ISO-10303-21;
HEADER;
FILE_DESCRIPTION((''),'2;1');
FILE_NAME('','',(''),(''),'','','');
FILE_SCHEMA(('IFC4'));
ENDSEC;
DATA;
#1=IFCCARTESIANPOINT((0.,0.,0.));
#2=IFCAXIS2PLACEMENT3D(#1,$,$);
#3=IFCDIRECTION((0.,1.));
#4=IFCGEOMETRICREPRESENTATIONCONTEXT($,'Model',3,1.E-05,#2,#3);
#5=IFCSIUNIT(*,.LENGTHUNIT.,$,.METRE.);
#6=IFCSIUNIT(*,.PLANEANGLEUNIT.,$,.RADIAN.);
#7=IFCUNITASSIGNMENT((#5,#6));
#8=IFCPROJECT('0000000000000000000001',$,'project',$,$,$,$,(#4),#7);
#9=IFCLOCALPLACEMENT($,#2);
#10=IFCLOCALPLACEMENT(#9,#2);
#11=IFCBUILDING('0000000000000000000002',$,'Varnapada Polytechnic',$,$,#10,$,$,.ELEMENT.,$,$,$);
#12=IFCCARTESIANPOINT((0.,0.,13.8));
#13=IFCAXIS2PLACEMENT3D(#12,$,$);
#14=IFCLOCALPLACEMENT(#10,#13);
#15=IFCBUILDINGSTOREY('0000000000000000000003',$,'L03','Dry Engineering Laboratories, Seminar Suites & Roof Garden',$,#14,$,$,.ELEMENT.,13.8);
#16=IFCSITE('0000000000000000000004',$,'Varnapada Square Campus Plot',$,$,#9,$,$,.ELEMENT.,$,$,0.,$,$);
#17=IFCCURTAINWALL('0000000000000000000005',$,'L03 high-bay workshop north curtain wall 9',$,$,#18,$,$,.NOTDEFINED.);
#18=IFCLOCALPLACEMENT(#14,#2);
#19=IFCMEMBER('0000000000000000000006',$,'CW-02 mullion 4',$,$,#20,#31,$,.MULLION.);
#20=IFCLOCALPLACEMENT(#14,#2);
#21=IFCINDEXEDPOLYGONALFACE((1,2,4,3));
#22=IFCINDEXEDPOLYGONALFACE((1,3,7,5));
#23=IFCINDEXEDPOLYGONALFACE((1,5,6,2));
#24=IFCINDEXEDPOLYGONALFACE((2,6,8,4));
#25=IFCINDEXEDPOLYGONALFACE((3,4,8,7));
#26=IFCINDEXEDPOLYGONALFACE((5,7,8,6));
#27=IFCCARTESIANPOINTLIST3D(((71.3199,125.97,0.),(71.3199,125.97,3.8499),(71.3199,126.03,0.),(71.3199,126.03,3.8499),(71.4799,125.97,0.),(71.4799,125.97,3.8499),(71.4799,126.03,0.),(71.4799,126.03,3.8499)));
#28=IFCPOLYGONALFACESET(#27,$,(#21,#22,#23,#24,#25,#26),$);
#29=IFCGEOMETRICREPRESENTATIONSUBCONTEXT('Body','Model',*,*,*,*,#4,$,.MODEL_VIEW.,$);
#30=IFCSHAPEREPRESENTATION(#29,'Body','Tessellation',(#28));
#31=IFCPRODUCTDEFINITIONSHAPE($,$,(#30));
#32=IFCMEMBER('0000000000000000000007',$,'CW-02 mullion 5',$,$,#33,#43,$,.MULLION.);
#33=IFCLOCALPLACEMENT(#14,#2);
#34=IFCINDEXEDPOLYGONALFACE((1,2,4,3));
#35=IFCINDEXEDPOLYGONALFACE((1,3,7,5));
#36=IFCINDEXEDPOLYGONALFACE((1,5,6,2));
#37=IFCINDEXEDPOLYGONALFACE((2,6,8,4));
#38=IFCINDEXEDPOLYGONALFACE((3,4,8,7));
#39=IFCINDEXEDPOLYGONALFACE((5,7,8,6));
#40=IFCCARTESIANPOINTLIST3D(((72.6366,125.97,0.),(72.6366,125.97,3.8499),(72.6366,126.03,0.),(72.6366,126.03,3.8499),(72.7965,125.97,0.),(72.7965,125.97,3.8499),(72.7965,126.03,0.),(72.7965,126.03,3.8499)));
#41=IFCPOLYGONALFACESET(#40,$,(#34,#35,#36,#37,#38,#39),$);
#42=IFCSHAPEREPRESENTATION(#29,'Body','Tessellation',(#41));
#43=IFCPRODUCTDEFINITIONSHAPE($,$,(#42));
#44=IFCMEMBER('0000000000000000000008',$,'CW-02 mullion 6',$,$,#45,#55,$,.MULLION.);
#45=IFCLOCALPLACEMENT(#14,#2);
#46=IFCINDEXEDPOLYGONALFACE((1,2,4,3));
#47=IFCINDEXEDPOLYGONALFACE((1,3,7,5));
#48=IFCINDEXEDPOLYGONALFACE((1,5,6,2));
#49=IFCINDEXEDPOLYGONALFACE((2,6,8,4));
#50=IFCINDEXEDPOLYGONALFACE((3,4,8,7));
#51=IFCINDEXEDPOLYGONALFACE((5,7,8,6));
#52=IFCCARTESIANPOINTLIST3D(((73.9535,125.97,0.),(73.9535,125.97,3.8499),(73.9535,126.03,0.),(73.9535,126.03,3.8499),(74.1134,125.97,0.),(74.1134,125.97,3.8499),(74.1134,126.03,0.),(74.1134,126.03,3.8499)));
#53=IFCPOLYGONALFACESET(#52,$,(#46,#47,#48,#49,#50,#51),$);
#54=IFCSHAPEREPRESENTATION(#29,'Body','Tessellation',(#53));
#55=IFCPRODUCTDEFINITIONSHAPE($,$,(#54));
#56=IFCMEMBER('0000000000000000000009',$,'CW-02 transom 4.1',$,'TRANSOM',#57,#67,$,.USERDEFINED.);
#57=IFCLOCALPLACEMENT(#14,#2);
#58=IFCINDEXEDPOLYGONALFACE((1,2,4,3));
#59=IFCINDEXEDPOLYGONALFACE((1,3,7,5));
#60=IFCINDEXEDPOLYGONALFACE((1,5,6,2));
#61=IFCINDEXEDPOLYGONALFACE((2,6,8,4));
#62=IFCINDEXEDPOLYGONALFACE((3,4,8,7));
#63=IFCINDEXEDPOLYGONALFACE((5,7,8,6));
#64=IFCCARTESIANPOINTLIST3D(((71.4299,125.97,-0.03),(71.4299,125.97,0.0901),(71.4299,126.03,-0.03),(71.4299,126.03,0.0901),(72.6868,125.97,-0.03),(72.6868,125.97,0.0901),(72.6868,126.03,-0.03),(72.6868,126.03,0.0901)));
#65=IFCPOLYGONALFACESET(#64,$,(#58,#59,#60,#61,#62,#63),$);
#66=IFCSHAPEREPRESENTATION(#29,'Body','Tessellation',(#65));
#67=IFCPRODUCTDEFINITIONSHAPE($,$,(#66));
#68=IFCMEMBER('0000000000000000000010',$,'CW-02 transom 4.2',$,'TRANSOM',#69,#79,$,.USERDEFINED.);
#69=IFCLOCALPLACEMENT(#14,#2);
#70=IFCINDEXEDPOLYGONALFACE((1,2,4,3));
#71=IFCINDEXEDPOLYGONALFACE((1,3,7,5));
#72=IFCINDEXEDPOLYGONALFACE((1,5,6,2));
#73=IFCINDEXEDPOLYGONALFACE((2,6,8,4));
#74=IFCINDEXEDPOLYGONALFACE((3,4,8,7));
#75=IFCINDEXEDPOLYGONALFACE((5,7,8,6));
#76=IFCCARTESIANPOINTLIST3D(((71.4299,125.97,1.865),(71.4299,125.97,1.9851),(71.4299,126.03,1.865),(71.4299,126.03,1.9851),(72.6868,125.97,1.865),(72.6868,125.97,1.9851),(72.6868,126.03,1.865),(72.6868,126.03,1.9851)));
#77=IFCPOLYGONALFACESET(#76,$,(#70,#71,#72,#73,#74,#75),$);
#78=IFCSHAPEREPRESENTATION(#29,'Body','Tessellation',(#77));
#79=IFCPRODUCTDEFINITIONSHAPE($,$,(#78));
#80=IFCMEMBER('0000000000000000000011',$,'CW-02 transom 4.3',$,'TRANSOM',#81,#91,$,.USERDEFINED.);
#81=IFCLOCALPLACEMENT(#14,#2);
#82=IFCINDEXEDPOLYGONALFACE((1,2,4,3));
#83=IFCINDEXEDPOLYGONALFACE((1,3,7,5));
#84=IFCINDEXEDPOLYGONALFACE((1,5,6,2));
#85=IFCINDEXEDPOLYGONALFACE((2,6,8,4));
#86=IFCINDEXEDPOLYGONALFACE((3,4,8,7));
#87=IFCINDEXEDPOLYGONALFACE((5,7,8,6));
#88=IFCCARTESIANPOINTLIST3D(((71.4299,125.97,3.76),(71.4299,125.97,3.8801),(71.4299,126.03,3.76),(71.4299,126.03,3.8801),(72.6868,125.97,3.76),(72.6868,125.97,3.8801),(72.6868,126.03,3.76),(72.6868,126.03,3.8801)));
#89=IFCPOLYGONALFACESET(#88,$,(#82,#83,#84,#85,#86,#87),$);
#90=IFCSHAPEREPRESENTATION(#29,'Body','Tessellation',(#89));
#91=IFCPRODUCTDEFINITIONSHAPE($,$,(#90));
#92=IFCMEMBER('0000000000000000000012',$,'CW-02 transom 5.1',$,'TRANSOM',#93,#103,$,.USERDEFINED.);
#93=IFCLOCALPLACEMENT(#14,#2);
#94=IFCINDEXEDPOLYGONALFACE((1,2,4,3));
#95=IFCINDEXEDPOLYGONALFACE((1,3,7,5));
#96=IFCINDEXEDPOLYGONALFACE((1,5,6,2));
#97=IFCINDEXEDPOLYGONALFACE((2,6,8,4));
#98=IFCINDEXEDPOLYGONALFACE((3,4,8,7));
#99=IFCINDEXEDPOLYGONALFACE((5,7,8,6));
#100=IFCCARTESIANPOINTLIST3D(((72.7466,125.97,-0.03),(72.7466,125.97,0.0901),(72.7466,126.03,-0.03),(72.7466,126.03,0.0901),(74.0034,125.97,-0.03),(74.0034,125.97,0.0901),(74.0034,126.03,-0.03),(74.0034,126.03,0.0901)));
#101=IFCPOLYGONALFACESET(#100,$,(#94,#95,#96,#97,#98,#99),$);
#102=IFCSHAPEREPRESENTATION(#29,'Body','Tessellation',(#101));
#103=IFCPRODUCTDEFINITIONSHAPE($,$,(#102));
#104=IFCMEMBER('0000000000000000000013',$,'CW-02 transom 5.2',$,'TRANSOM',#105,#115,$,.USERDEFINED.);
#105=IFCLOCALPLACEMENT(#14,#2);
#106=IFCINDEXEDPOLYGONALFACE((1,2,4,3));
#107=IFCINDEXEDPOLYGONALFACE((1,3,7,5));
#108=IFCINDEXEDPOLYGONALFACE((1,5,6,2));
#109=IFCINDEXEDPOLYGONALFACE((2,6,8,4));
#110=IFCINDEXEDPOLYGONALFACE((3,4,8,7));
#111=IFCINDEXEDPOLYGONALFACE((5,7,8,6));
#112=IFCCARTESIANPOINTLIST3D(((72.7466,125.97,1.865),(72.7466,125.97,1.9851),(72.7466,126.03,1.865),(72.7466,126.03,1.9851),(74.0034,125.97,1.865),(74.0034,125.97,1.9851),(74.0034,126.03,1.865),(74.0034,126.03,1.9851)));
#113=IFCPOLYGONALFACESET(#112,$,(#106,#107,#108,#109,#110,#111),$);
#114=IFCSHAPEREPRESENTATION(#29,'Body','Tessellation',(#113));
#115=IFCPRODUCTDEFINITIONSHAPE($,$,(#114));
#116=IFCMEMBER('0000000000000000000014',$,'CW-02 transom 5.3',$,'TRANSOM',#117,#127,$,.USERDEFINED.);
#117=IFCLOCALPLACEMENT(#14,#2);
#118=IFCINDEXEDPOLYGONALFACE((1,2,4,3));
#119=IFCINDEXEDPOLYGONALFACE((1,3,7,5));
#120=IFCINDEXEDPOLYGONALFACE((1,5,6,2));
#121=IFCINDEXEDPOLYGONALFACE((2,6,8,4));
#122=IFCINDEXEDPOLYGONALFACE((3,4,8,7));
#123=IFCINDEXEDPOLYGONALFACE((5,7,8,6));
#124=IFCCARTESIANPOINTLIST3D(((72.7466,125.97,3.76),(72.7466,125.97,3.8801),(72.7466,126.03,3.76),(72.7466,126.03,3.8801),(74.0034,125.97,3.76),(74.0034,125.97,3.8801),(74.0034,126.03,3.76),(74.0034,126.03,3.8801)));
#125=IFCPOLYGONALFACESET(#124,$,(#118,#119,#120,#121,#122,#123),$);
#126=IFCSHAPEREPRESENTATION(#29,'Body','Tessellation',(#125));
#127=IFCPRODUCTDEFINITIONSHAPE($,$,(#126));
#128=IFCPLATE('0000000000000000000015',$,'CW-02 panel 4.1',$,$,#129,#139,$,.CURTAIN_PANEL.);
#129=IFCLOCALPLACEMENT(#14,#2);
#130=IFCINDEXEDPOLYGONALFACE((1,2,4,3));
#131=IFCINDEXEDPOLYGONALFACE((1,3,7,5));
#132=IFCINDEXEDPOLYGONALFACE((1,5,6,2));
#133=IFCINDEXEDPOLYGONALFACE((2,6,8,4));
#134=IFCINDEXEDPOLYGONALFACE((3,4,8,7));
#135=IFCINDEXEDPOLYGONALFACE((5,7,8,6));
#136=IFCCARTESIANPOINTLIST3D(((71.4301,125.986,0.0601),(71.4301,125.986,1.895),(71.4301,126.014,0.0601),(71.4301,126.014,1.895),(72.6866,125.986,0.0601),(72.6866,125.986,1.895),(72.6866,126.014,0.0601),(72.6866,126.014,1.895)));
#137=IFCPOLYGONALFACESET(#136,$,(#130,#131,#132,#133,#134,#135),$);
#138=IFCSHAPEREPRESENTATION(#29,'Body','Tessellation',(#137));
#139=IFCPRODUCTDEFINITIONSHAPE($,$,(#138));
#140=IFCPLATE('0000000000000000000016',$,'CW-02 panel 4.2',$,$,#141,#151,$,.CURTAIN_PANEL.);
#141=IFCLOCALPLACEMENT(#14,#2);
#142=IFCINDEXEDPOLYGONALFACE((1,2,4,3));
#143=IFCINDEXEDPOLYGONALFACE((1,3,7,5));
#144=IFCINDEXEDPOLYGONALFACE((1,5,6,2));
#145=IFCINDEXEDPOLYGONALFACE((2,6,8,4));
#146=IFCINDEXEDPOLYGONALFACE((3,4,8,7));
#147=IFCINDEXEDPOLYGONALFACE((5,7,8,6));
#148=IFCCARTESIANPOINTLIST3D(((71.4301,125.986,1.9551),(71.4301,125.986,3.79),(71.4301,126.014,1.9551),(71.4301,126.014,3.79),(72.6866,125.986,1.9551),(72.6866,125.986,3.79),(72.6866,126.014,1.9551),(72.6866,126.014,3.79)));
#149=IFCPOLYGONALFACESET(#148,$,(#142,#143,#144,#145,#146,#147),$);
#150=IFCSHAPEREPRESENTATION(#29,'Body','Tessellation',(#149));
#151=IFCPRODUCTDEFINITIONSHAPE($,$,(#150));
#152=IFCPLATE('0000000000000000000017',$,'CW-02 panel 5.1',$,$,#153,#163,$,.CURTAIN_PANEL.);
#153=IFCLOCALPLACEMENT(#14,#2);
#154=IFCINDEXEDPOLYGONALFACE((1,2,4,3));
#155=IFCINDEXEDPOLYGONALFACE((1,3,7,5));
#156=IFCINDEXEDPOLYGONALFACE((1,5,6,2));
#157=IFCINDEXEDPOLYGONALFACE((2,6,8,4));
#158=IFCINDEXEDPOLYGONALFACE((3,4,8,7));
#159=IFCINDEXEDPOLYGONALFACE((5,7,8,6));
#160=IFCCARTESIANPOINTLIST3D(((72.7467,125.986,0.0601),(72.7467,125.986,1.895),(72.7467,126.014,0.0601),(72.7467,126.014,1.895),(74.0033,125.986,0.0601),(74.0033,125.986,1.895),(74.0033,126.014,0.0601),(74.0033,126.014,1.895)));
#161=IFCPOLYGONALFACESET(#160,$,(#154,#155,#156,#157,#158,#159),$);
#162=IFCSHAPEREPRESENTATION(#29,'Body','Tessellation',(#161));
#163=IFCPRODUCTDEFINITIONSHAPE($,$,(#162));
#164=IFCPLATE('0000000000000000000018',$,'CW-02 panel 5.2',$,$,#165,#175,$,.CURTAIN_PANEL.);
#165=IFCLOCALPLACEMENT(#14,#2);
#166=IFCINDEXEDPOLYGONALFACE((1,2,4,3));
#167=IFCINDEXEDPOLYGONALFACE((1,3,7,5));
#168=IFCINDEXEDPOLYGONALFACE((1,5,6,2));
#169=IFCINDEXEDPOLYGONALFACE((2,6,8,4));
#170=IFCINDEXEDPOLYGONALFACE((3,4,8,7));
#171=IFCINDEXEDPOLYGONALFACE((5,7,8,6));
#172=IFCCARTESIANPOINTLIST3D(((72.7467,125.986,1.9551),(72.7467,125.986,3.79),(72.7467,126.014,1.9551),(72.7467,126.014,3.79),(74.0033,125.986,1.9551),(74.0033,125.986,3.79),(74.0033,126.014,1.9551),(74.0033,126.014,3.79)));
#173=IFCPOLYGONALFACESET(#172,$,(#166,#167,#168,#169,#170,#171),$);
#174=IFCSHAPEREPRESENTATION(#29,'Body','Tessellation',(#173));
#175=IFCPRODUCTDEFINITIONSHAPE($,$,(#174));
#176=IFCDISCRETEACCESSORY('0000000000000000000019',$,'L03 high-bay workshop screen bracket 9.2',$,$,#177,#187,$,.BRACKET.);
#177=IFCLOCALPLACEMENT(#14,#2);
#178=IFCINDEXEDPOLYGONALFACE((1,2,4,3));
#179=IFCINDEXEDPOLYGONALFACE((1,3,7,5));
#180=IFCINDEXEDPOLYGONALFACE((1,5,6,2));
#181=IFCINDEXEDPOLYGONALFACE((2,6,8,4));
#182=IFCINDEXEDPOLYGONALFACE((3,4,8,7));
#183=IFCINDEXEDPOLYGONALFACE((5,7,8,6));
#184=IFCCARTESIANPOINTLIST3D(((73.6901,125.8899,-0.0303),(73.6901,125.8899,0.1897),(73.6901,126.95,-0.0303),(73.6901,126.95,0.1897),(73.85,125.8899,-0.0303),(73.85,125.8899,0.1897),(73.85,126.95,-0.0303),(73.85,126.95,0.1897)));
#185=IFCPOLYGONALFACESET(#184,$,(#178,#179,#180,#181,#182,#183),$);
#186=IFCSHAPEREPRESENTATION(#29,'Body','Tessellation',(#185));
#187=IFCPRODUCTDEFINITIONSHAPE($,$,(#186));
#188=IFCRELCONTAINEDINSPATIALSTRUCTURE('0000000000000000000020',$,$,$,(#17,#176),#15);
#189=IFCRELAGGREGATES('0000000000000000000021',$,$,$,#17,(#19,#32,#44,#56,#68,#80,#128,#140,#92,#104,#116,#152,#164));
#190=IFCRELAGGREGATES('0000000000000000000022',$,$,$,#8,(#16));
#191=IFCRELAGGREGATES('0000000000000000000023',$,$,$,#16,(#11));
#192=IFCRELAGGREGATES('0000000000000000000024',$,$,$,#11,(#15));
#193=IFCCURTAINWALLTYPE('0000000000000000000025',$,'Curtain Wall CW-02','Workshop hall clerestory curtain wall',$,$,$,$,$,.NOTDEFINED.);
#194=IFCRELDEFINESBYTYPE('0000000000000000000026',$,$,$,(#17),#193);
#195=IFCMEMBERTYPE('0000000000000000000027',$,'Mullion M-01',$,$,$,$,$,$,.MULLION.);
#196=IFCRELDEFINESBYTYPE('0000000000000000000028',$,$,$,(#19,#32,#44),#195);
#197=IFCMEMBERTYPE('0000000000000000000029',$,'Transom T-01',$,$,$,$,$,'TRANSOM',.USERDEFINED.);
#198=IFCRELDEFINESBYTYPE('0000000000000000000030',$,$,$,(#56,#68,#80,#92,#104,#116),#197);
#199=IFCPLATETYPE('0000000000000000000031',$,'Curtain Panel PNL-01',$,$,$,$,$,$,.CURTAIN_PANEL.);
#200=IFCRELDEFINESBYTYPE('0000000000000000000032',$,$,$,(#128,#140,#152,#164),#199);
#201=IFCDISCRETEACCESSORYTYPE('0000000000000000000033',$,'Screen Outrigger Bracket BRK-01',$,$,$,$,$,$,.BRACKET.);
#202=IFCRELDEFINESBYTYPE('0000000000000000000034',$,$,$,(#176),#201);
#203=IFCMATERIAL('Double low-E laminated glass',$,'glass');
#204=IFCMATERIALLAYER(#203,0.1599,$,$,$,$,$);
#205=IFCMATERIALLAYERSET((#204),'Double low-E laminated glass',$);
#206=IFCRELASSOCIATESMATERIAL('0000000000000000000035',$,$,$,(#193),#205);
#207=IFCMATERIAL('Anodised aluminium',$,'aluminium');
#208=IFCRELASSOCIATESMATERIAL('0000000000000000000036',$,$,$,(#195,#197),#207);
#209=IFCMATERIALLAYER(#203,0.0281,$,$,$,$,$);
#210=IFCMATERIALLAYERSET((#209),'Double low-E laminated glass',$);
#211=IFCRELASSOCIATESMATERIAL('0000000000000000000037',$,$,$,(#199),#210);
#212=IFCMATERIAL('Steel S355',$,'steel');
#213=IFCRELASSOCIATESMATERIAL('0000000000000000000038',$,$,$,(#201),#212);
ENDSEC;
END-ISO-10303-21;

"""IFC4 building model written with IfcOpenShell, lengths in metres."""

from ifc_helpers import new_model, si_unit, direction, frame, origin, origin_2d, place, context, subcontext, project, spatial, rectangle, extrude, material, layer, layer_set, material_profile, profile_set, type_object, element, aggregate, save


model = new_model("IFC4")

# Units and contexts
model_context = context("Model", 3, precision=1e-05, world=origin(), true_north=direction((0.0, 1.0)))
body_context = subcontext(model_context, "Body", "Model", "MODEL_VIEW")
ifc_project = project(units=[si_unit("LENGTHUNIT", "METRE"), si_unit("PLANEANGLEUNIT", "RADIAN")], contexts=[model_context])

# Site, building, storey
site_placement = place(None, origin())
site = spatial("IfcSite", under=ifc_project, at=site_placement, Name="Varnapada Square Campus Plot", CompositionType="ELEMENT", RefElevation=0.0)
building_placement = place(site_placement, origin())
building = spatial("IfcBuilding", under=site, at=building_placement, Name="Varnapada Polytechnic", CompositionType="ELEMENT")
storey_placement = place(building_placement, frame((0.0, 0.0, 13.8)))
storey = spatial("IfcBuildingStorey", under=building, at=storey_placement, Name="L03", Description="Dry Engineering Laboratories, Seminar Suites & Roof Garden", CompositionType="ELEMENT", Elevation=13.8)

# Curtain wall, members, plates
ifc_material_1 = material(Name="Double low-E laminated glass", Category="glass")
ifc_layer_1 = layer(ifc_material_1, 0.1599)
ifc_layer_set_1 = layer_set([ifc_layer_1], Name="Double low-E laminated glass")
curtain_wall_type = type_object("IfcCurtainWallType", Name="Curtain Wall CW-02", Description="Workshop hall clerestory curtain wall", PredefinedType="NOTDEFINED", material=ifc_layer_set_1)
curtain_wall_placement = place(storey_placement, origin())
curtain_wall = element("IfcCurtainWall", 1, at=curtain_wall_placement, inside=storey, type_object=curtain_wall_type, Name="L03 high-bay workshop north curtain wall 9", PredefinedType="NOTDEFINED")
ifc_material_2 = material(Name="Anodised aluminium", Category="aluminium")
ifc_material_profile_1 = material_profile(ifc_material_2, rectangle(XDim=0.0601, YDim=0.1599, at=origin_2d()), Name="ALU M60x160")
ifc_profile_set_1 = profile_set([ifc_material_profile_1], Name="Anodised aluminium")
member_type_1 = type_object("IfcMemberType", Name="Mullion M-01", PredefinedType="MULLION", material=ifc_profile_set_1)
member_1_placement = place(storey_placement, frame((71.3999, 126.0, 0.0), z_axis=(0.0, 0.0, 1.0), x_axis=(0.0, 1.0, 0.0)))
member_1 = element("IfcMember", 2, at=member_1_placement, type_object=member_type_1, Name="CW-02 mullion 4", PredefinedType="MULLION", context=body_context, shape_type="SweptSolid", body=[
    extrude(rectangle(XDim=0.0601, YDim=0.1599, at=origin_2d()), origin(), (0.0, 0.0, 1.0), 3.8499),
])
member_2_placement = place(storey_placement, frame((72.7166, 126.0, 0.0), z_axis=(0.0, 0.0, 1.0), x_axis=(0.0, 1.0, 0.0)))
member_2 = element("IfcMember", 3, at=member_2_placement, type_object=member_type_1, Name="CW-02 mullion 5", PredefinedType="MULLION", context=body_context, shape_type="SweptSolid", body=[
    extrude(rectangle(XDim=0.0601, YDim=0.1599, at=origin_2d()), origin(), (0.0, 0.0, 1.0), 3.8499),
])
member_3_placement = place(storey_placement, frame((74.0334, 126.0, 0.0), z_axis=(0.0, 0.0, 1.0), x_axis=(0.0, 1.0, 0.0)))
member_3 = element("IfcMember", 4, at=member_3_placement, type_object=member_type_1, Name="CW-02 mullion 6", PredefinedType="MULLION", context=body_context, shape_type="SweptSolid", body=[
    extrude(rectangle(XDim=0.0601, YDim=0.1599, at=origin_2d()), origin(), (0.0, 0.0, 1.0), 3.8499),
])
ifc_material_profile_2 = material_profile(ifc_material_2, rectangle(XDim=0.0601, YDim=0.1201, at=origin_2d()), Name="ALU T60x120")
ifc_profile_set_2 = profile_set([ifc_material_profile_2], Name="Anodised aluminium")
member_type_2 = type_object("IfcMemberType", Name="Transom T-01", ElementType="TRANSOM", PredefinedType="USERDEFINED", material=ifc_profile_set_2)
member_4_placement = place(storey_placement, frame((71.4299, 126.0, 0.03), z_axis=(1.0, 0.0, 0.0), x_axis=(0.0, 1.0, 0.0)))
member_4 = element("IfcMember", 5, at=member_4_placement, type_object=member_type_2, Name="CW-02 transom 4.1", ObjectType="TRANSOM", PredefinedType="USERDEFINED", context=body_context, shape_type="SweptSolid", body=[
    extrude(rectangle(XDim=0.0601, YDim=0.1201, at=origin_2d()), origin(), (0.0, 0.0, 1.0), 1.2568),
])
member_5_placement = place(storey_placement, frame((71.4299, 126.0, 1.925), z_axis=(1.0, 0.0, 0.0), x_axis=(0.0, 1.0, 0.0)))
member_5 = element("IfcMember", 6, at=member_5_placement, type_object=member_type_2, Name="CW-02 transom 4.2", ObjectType="TRANSOM", PredefinedType="USERDEFINED", context=body_context, shape_type="SweptSolid", body=[
    extrude(rectangle(XDim=0.0601, YDim=0.1201, at=origin_2d()), origin(), (0.0, 0.0, 1.0), 1.2568),
])
member_6_placement = place(storey_placement, frame((71.4299, 126.0, 3.8201), z_axis=(1.0, 0.0, 0.0), x_axis=(0.0, 1.0, 0.0)))
member_6 = element("IfcMember", 7, at=member_6_placement, type_object=member_type_2, Name="CW-02 transom 4.3", ObjectType="TRANSOM", PredefinedType="USERDEFINED", context=body_context, shape_type="SweptSolid", body=[
    extrude(rectangle(XDim=0.0601, YDim=0.1201, at=origin_2d()), origin(), (0.0, 0.0, 1.0), 1.2568),
])
member_7_placement = place(storey_placement, frame((72.7466, 126.0, 0.03), z_axis=(1.0, 0.0, 0.0), x_axis=(0.0, 1.0, 0.0)))
member_7 = element("IfcMember", 8, at=member_7_placement, type_object=member_type_2, Name="CW-02 transom 5.1", ObjectType="TRANSOM", PredefinedType="USERDEFINED", context=body_context, shape_type="SweptSolid", body=[
    extrude(rectangle(XDim=0.0601, YDim=0.1201, at=origin_2d()), origin(), (0.0, 0.0, 1.0), 1.2568),
])
member_8_placement = place(storey_placement, frame((72.7466, 126.0, 1.925), z_axis=(1.0, 0.0, 0.0), x_axis=(0.0, 1.0, 0.0)))
member_8 = element("IfcMember", 9, at=member_8_placement, type_object=member_type_2, Name="CW-02 transom 5.2", ObjectType="TRANSOM", PredefinedType="USERDEFINED", context=body_context, shape_type="SweptSolid", body=[
    extrude(rectangle(XDim=0.0601, YDim=0.1201, at=origin_2d()), origin(), (0.0, 0.0, 1.0), 1.2568),
])
member_9_placement = place(storey_placement, frame((72.7466, 126.0, 3.8201), z_axis=(1.0, 0.0, 0.0), x_axis=(0.0, 1.0, 0.0)))
member_9 = element("IfcMember", 10, at=member_9_placement, type_object=member_type_2, Name="CW-02 transom 5.3", ObjectType="TRANSOM", PredefinedType="USERDEFINED", context=body_context, shape_type="SweptSolid", body=[
    extrude(rectangle(XDim=0.0601, YDim=0.1201, at=origin_2d()), origin(), (0.0, 0.0, 1.0), 1.2568),
])
ifc_layer_2 = layer(ifc_material_1, 0.0281)
ifc_layer_set_2 = layer_set([ifc_layer_2], Name="Double low-E laminated glass")
plate_type = type_object("IfcPlateType", Name="Curtain Panel PNL-01", PredefinedType="CURTAIN_PANEL", material=ifc_layer_set_2)
plate_1_placement = place(storey_placement, frame((72.0583, 126.0, 0.0601), z_axis=(0.0, 0.0, 1.0), x_axis=(1.0, 0.0, 0.0)))
plate_1 = element("IfcPlate", 11, at=plate_1_placement, type_object=plate_type, Name="CW-02 panel 4.1", PredefinedType="CURTAIN_PANEL", context=body_context, shape_type="SweptSolid", body=[
    extrude(rectangle(XDim=1.2566, YDim=0.0281, at=origin_2d()), origin(), (0.0, 0.0, 1.0), 1.835),
])
plate_2_placement = place(storey_placement, frame((72.0583, 126.0, 1.9551), z_axis=(0.0, 0.0, 1.0), x_axis=(1.0, 0.0, 0.0)))
plate_2 = element("IfcPlate", 12, at=plate_2_placement, type_object=plate_type, Name="CW-02 panel 4.2", PredefinedType="CURTAIN_PANEL", context=body_context, shape_type="SweptSolid", body=[
    extrude(rectangle(XDim=1.2566, YDim=0.0281, at=origin_2d()), origin(), (0.0, 0.0, 1.0), 1.835),
])
plate_3_placement = place(storey_placement, frame((73.375, 126.0, 0.0601), z_axis=(0.0, 0.0, 1.0), x_axis=(1.0, 0.0, 0.0)))
plate_3 = element("IfcPlate", 13, at=plate_3_placement, type_object=plate_type, Name="CW-02 panel 5.1", PredefinedType="CURTAIN_PANEL", context=body_context, shape_type="SweptSolid", body=[
    extrude(rectangle(XDim=1.2566, YDim=0.0281, at=origin_2d()), origin(), (0.0, 0.0, 1.0), 1.835),
])
plate_4_placement = place(storey_placement, frame((73.375, 126.0, 1.9551), z_axis=(0.0, 0.0, 1.0), x_axis=(1.0, 0.0, 0.0)))
plate_4 = element("IfcPlate", 14, at=plate_4_placement, type_object=plate_type, Name="CW-02 panel 5.2", PredefinedType="CURTAIN_PANEL", context=body_context, shape_type="SweptSolid", body=[
    extrude(rectangle(XDim=1.2566, YDim=0.0281, at=origin_2d()), origin(), (0.0, 0.0, 1.0), 1.835),
])
aggregate(curtain_wall, [member_1, member_2, member_3, member_4, member_5, member_6, plate_1, plate_2, member_7, member_8, member_9, plate_3, plate_4])

# Discrete accessory
ifc_material_3 = material(Name="Steel S355", Category="steel")
discrete_accessory_type = type_object("IfcDiscreteAccessoryType", Name="Screen Outrigger Bracket BRK-01", PredefinedType="BRACKET", material=ifc_material_3)
discrete_accessory_placement = place(storey_placement, frame((73.77, 126.4199, -0.0303), z_axis=(0.0, 0.0, 1.0), x_axis=(1.0, 0.0, 0.0)))
element("IfcDiscreteAccessory", 15, at=discrete_accessory_placement, inside=storey, type_object=discrete_accessory_type, Name="L03 high-bay workshop screen bracket 9.2", PredefinedType="BRACKET", context=body_context, shape_type="SweptSolid", body=[
    extrude(rectangle(XDim=0.1599, YDim=1.0601, at=origin_2d()), origin(), (0.0, 0.0, 1.0), 0.22),
])

save(model, "model.ifc")
